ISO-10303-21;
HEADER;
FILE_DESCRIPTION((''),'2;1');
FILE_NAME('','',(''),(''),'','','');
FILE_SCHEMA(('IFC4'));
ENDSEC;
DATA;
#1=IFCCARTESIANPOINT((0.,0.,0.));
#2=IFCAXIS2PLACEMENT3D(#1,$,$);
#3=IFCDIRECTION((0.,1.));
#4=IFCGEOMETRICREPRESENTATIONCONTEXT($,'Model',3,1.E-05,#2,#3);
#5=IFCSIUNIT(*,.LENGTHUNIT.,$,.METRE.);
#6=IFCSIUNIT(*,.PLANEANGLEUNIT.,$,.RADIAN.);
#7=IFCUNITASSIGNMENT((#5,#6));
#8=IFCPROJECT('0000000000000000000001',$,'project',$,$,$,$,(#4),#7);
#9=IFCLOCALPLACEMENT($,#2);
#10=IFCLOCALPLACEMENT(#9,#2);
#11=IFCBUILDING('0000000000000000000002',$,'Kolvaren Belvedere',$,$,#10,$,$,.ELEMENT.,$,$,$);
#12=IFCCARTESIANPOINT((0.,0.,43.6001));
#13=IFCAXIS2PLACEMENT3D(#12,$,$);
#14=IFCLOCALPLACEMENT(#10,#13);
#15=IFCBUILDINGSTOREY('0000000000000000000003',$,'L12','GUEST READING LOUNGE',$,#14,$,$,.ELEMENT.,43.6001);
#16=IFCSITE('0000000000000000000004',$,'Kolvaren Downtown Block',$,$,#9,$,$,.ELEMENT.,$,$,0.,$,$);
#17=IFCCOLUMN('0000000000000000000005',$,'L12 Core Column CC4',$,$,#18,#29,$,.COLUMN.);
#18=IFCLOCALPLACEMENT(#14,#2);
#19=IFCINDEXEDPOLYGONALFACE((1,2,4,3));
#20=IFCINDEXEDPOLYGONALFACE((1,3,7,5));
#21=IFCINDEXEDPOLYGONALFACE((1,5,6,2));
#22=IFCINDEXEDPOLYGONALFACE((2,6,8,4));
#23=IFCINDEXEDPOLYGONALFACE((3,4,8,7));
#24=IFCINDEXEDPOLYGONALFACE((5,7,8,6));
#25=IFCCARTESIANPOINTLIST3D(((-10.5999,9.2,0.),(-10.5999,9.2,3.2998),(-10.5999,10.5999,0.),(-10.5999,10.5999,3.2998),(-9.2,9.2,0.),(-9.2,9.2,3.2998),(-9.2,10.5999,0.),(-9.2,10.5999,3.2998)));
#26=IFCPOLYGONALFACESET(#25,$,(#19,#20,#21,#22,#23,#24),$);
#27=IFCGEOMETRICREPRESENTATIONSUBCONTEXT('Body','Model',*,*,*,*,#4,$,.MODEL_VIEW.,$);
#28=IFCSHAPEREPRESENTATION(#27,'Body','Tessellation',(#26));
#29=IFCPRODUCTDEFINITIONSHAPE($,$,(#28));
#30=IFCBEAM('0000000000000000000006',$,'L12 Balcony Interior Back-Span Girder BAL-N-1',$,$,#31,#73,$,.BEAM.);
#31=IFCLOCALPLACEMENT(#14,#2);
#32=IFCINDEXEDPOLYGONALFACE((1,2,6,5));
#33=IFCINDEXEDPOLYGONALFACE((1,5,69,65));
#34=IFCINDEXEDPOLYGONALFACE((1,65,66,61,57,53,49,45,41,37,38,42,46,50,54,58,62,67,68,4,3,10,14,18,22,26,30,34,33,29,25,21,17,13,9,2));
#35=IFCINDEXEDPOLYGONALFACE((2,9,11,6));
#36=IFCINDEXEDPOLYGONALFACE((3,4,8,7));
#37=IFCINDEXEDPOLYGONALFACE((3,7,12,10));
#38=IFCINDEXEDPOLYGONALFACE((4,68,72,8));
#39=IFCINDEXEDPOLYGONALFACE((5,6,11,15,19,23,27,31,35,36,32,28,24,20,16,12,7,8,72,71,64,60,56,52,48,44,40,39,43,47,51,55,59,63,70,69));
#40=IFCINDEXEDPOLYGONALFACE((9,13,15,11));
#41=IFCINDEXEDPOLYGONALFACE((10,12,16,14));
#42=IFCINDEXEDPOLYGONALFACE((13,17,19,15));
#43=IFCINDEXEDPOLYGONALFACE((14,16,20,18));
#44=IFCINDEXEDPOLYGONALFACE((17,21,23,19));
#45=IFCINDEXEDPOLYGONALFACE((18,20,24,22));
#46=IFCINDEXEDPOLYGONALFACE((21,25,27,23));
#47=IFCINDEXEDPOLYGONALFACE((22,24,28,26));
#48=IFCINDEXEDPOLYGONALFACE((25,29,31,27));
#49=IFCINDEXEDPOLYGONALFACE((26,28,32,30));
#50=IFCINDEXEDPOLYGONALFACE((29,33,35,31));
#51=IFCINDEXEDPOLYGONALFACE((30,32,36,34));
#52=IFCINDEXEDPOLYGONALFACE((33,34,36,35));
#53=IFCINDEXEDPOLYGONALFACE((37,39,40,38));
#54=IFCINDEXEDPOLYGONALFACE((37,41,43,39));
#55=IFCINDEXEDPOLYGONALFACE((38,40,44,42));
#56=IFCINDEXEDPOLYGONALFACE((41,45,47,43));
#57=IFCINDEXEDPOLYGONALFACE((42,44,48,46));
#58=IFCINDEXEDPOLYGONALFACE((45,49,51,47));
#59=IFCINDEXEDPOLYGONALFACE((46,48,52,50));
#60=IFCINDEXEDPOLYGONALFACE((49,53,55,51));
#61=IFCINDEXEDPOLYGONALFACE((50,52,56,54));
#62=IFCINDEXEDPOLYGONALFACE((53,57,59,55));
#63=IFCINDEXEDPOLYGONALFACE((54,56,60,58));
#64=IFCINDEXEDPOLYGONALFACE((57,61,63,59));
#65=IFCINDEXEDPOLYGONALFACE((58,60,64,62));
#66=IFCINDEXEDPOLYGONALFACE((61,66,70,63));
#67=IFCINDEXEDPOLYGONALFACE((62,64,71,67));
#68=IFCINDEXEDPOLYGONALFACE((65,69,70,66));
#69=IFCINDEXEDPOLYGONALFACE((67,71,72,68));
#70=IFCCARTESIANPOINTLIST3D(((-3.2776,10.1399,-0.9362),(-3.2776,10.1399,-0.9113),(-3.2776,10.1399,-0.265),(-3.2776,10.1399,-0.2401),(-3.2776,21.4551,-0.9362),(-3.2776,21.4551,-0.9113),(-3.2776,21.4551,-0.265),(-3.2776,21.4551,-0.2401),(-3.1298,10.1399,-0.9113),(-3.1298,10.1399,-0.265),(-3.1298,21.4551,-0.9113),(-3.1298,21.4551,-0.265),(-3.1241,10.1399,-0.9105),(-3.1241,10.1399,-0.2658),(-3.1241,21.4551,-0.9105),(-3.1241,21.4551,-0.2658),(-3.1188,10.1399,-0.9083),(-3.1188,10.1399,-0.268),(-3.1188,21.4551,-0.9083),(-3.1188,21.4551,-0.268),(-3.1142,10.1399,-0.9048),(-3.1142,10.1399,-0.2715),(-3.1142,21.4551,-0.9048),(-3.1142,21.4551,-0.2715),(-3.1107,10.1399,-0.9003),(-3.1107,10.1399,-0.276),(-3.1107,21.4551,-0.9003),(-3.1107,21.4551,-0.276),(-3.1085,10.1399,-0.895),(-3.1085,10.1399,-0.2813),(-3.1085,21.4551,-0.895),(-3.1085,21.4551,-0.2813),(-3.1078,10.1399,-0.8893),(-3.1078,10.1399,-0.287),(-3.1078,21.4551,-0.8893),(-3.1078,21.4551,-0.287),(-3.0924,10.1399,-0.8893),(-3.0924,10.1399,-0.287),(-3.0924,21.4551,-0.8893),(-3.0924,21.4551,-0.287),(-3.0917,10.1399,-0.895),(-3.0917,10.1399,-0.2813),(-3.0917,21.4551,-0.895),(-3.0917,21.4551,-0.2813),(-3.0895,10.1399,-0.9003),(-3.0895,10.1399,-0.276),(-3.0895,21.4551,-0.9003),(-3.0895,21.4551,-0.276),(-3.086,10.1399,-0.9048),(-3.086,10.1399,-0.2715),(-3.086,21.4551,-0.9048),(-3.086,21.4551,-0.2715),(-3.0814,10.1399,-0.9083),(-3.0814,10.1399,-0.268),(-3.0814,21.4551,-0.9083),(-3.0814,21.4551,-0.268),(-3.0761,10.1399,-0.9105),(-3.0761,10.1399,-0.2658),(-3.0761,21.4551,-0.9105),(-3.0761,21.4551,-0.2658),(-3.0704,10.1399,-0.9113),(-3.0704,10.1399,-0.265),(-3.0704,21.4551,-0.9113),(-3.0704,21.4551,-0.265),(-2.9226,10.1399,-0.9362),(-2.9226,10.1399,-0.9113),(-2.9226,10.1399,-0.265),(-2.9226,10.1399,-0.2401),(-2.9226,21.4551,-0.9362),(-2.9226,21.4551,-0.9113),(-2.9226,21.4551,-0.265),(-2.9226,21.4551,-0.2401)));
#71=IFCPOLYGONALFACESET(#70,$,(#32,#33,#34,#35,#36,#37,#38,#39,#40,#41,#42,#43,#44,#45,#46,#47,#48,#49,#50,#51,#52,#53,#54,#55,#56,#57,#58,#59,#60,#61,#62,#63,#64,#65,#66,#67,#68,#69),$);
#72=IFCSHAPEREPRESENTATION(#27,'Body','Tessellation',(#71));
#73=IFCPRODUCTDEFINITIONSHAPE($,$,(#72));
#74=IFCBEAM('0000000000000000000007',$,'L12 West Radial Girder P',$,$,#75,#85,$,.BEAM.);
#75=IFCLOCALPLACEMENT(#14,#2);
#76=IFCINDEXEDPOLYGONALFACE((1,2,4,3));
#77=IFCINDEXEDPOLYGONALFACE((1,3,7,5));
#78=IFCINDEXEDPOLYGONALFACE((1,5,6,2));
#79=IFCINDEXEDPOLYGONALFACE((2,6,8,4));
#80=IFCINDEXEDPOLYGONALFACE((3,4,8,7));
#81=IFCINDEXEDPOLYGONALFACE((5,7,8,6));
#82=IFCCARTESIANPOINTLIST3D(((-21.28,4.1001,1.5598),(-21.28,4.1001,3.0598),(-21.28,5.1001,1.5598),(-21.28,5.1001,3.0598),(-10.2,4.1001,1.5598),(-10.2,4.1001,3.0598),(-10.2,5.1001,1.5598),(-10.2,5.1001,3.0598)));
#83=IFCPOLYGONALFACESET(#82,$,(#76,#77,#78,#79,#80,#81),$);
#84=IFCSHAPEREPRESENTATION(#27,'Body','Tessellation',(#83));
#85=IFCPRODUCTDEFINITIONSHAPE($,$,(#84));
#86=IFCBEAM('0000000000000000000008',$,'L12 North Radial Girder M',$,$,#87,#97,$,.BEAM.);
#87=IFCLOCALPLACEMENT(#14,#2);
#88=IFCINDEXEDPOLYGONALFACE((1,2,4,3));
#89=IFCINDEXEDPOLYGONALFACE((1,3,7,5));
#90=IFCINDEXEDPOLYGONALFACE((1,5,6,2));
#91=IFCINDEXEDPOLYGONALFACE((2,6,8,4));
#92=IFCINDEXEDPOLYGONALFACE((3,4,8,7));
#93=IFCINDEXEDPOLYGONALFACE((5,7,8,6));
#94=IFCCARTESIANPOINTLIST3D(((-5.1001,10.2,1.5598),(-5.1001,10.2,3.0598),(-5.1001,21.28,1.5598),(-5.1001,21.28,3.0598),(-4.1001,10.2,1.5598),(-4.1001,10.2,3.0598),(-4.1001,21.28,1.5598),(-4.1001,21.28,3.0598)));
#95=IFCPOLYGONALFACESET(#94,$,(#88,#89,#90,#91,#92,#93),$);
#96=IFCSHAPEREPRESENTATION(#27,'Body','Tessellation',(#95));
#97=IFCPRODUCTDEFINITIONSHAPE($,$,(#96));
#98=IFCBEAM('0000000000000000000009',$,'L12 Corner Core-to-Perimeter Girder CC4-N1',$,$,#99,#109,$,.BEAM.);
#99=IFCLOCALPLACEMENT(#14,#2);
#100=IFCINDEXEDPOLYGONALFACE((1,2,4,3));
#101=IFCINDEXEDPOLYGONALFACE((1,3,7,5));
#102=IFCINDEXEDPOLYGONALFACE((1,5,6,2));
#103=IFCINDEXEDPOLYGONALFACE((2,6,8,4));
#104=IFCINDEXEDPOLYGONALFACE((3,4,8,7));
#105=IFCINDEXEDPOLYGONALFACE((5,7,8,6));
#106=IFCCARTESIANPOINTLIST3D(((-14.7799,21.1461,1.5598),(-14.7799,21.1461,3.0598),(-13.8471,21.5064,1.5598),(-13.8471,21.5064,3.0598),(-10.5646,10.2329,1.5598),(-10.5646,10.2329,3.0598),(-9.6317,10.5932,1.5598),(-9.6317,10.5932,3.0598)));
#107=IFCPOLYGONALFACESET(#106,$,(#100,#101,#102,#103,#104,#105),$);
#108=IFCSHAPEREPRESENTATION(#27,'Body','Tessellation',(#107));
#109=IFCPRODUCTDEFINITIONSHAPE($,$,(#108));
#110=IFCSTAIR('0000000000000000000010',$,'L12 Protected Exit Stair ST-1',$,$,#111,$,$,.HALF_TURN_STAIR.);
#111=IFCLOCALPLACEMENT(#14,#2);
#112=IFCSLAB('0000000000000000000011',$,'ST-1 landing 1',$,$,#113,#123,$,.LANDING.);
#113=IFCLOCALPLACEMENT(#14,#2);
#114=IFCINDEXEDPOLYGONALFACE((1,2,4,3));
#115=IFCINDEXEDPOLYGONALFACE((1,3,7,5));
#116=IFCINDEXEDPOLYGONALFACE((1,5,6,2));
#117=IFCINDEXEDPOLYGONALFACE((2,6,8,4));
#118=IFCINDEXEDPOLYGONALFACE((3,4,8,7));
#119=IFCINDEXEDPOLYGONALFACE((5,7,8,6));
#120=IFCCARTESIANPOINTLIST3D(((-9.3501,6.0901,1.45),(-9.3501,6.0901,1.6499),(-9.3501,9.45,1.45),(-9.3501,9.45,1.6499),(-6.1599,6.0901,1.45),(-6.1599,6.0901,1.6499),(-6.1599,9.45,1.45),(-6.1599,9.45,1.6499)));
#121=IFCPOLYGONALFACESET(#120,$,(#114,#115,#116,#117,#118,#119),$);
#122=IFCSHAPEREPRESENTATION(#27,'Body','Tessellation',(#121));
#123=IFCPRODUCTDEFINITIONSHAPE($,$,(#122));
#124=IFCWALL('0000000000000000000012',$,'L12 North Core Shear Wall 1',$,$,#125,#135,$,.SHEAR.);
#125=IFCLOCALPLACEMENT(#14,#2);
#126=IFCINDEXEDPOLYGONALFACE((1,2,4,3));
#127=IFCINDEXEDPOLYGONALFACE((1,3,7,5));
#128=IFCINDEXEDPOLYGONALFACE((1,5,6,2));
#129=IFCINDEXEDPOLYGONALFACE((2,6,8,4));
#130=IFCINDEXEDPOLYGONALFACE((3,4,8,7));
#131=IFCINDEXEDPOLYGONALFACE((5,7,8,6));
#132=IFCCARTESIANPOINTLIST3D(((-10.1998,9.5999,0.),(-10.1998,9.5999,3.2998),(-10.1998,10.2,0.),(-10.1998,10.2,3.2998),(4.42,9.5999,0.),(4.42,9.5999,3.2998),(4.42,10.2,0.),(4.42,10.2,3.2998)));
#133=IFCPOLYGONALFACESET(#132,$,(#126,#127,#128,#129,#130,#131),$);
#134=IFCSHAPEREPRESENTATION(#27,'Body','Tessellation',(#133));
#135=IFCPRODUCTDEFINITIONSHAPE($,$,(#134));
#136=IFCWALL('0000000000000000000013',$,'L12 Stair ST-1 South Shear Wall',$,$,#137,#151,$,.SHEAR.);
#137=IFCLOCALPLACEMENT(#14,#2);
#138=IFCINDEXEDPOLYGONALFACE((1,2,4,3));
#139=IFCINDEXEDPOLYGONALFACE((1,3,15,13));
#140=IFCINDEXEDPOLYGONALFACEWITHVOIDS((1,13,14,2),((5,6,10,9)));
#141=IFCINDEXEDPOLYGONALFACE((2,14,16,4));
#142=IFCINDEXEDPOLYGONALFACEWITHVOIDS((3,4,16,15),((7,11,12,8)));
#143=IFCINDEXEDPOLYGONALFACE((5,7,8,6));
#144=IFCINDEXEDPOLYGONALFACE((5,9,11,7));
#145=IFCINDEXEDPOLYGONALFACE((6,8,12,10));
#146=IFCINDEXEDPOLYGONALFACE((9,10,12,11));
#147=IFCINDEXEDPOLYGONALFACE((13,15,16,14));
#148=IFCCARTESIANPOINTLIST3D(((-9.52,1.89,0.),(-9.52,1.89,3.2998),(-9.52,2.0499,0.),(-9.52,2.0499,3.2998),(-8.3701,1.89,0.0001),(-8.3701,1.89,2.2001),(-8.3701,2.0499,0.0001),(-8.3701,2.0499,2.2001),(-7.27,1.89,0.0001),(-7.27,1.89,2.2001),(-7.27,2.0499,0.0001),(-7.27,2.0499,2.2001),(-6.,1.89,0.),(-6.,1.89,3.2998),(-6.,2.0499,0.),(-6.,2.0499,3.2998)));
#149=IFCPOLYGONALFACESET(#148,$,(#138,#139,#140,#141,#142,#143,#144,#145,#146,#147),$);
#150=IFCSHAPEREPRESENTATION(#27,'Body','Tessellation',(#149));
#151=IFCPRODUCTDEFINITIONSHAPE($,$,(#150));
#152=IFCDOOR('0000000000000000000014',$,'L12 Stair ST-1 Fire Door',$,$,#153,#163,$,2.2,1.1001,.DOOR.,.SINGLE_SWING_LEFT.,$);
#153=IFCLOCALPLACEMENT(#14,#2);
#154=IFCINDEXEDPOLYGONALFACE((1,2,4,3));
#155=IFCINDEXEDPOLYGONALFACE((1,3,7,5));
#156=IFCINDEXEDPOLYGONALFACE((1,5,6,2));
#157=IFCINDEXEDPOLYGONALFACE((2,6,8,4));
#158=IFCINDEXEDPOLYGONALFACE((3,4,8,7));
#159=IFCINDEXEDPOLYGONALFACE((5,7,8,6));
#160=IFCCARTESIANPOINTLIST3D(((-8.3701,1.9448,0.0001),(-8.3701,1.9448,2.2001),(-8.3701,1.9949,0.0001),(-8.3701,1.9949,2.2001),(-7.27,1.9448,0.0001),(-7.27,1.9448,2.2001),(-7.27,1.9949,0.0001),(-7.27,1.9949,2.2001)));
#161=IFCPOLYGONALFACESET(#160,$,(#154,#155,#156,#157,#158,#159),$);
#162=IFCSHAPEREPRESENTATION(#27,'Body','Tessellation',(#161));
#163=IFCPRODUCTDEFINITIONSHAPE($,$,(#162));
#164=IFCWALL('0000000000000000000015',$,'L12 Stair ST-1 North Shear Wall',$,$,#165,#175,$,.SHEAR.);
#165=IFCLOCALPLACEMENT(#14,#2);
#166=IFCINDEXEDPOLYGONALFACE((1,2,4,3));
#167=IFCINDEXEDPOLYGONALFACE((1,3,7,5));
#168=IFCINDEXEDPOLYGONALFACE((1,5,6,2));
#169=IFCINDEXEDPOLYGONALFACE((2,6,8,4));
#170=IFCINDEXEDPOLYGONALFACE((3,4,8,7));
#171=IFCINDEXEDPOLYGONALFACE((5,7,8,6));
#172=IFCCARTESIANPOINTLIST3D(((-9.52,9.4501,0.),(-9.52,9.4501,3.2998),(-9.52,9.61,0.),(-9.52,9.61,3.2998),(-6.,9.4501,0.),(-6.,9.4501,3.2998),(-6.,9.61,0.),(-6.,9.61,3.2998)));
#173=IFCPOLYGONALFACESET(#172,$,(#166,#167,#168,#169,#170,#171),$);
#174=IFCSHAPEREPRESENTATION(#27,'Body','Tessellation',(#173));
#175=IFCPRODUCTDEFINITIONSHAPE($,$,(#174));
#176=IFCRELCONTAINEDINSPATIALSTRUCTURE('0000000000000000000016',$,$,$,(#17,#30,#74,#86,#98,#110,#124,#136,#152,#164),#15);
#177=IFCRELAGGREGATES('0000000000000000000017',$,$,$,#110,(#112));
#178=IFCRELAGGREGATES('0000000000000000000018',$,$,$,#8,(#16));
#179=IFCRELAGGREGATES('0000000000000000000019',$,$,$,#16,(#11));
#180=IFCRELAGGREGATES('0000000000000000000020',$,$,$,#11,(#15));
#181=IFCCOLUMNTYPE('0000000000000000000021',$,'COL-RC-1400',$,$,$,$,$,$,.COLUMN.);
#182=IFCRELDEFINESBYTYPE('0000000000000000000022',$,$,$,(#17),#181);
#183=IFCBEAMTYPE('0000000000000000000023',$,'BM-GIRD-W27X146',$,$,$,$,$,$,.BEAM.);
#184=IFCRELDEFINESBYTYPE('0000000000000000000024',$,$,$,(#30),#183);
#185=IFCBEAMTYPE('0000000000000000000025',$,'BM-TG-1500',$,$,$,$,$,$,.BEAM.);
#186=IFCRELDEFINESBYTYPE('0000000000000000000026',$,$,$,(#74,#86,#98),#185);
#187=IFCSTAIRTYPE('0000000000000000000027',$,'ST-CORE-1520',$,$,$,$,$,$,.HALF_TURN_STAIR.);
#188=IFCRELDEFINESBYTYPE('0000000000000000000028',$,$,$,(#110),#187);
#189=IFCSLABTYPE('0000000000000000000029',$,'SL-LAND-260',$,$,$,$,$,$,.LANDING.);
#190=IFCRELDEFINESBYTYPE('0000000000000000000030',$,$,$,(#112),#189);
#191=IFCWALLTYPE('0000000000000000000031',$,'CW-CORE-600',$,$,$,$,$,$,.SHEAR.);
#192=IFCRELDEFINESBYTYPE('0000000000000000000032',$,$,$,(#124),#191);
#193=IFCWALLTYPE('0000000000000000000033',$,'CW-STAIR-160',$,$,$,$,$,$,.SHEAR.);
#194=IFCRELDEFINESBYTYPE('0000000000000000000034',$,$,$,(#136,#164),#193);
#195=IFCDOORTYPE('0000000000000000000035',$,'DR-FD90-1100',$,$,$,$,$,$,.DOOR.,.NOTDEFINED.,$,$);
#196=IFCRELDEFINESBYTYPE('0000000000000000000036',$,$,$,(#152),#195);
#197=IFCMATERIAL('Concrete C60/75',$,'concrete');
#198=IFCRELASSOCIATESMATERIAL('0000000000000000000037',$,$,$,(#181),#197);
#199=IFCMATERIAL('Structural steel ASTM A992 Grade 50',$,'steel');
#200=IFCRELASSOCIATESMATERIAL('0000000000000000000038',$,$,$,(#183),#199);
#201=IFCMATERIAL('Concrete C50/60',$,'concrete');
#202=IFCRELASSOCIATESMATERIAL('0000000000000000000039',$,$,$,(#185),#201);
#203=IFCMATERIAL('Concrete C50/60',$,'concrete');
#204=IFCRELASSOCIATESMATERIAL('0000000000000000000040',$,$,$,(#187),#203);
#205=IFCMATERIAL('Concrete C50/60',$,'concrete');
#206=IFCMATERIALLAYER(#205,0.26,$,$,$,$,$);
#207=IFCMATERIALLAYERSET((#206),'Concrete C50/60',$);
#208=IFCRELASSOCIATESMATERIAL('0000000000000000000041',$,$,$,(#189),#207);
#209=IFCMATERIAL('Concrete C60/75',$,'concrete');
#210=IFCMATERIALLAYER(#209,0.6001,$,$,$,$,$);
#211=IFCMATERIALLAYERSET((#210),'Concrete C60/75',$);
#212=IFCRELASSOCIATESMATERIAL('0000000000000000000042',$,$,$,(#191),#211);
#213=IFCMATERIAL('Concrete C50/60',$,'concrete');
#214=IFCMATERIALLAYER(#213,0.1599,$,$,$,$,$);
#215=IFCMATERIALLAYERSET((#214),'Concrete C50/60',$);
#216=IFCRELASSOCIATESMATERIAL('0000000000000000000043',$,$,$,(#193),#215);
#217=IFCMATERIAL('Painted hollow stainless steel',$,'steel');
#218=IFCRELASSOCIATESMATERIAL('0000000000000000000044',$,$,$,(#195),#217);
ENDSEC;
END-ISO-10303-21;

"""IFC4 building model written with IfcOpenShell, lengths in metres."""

from ifc_helpers import new_model, si_unit, direction, frame, frame_2d, origin, origin_2d, place, context, subcontext, project, spatial, polyline, rectangle, i_section, outline, extrude, material, layer, layer_set, material_profile, profile_set, type_object, element, fill, aggregate, save


model = new_model("IFC4")

# Units and contexts
model_context = context("Model", 3, precision=1e-05, world=origin(), true_north=direction((0.0, 1.0)))
body_context = subcontext(model_context, "Body", "Model", "MODEL_VIEW")
ifc_project = project(units=[si_unit("LENGTHUNIT", "METRE"), si_unit("PLANEANGLEUNIT", "RADIAN")], contexts=[model_context])

# Site, building, storey
site_placement = place(None, origin())
site = spatial("IfcSite", under=ifc_project, at=site_placement, Name="Kolvaren Downtown Block", CompositionType="ELEMENT", RefElevation=0.0)
building_placement = place(site_placement, origin())
building = spatial("IfcBuilding", under=site, at=building_placement, Name="Kolvaren Belvedere", CompositionType="ELEMENT")
storey_placement = place(building_placement, frame((0.0, 0.0, 43.6001)))
storey = spatial("IfcBuildingStorey", under=building, at=storey_placement, Name="L12", Description="GUEST READING LOUNGE", CompositionType="ELEMENT", Elevation=43.6001)

# Column
ifc_material_1 = material(Name="Concrete C60/75", Category="concrete")
ifc_material_profile_1 = material_profile(ifc_material_1, rectangle(XDim=1.3999, YDim=1.3999, at=origin_2d()), Name="RC 1400X1400")
ifc_profile_set_1 = profile_set([ifc_material_profile_1], Name="Concrete C60/75")
column_type = type_object("IfcColumnType", Name="COL-RC-1400", PredefinedType="COLUMN", material=ifc_profile_set_1)
column_placement = place(storey_placement, frame((-9.8999, 9.8999, 0.0), z_axis=(0.0, 0.0, 1.0), x_axis=(1.0, 0.0, 0.0)))
element("IfcColumn", 1, at=column_placement, inside=storey, type_object=column_type, Name="L12 Core Column CC4", PredefinedType="COLUMN", context=body_context, shape_type="SweptSolid", body=[
    extrude(rectangle(XDim=1.3999, YDim=1.3999, at=origin_2d()), origin(), (0.0, 0.0, 1.0), 3.2998),
])

# Beams
ifc_material_2 = material(Name="Structural steel ASTM A992 Grade 50", Category="steel")
ifc_material_profile_2 = material_profile(ifc_material_2, i_section(OverallWidth=0.355, OverallDepth=0.696, WebThickness=0.0154, FlangeThickness=0.0249, FilletRadius=0.022, at=origin_2d()), Name="W27X146")
ifc_profile_set_2 = profile_set([ifc_material_profile_2], Name="Structural steel ASTM A992 Grade 50")
beam_type_1 = type_object("IfcBeamType", Name="BM-GIRD-W27X146", PredefinedType="BEAM", material=ifc_profile_set_2)
beam_1_placement = place(storey_placement, frame((-3.1001, 10.1399, -0.5881), z_axis=(0.0, 1.0, 0.0), x_axis=(-1.0, 0.0, 0.0)))
element("IfcBeam", 2, at=beam_1_placement, inside=storey, type_object=beam_type_1, Name="L12 Balcony Interior Back-Span Girder BAL-N-1", PredefinedType="BEAM", context=body_context, shape_type="SweptSolid", body=[
    extrude(i_section(OverallWidth=0.355, OverallDepth=0.696, WebThickness=0.0154, FlangeThickness=0.0249, FilletRadius=0.022, at=origin_2d()), origin(), (0.0, 0.0, 1.0), 11.3152),
])
ifc_material_3 = material(Name="Concrete C50/60", Category="concrete")
ifc_material_profile_3 = material_profile(ifc_material_3, rectangle(XDim=1.0, YDim=1.5, at=origin_2d()), Name="RC 1000X1500")
ifc_profile_set_3 = profile_set([ifc_material_profile_3], Name="Concrete C50/60")
beam_type_2 = type_object("IfcBeamType", Name="BM-TG-1500", PredefinedType="BEAM", material=ifc_profile_set_3)
for number, where, z_axis, x_axis, name in (
    (3, (-10.2, 4.6001, 2.3098), (-1.0, 0.0, 0.0), (0.0, -1.0, 0.0), "L12 West Radial Girder P"),
    (4, (-4.6001, 10.2, 2.3098), (0.0, 1.0, 0.0), (-1.0, 0.0, 0.0), "L12 North Radial Girder M"),
):
    element("IfcBeam", number, at=place(storey_placement, frame(where, z_axis=z_axis, x_axis=x_axis)), inside=storey, type_object=beam_type_2, Name=name, PredefinedType="BEAM", context=body_context, shape_type="SweptSolid", body=[
        extrude(rectangle(XDim=1.0, YDim=1.5, at=origin_2d()), origin(), (0.0, 0.0, 1.0), 11.0801),
    ])
beam_2_placement = place(storey_placement, frame((-10.0981, 10.4131, 2.3098), z_axis=(-0.360318, 0.932829, 0.0), x_axis=(-0.932829, -0.360318, 0.0)))
element("IfcBeam", 5, at=beam_2_placement, inside=storey, type_object=beam_type_2, Name="L12 Corner Core-to-Perimeter Girder CC4-N1", PredefinedType="BEAM", context=body_context, shape_type="SweptSolid", body=[
    extrude(rectangle(XDim=1.0, YDim=1.5, at=origin_2d()), origin(), (0.0, 0.0, 1.0), 11.699),
])

# Stair, slab
ifc_material_4 = material(Name="Concrete C50/60", Category="concrete")
stair_type = type_object("IfcStairType", Name="ST-CORE-1520", PredefinedType="HALF_TURN_STAIR", material=ifc_material_4)
stair_placement = place(storey_placement, origin())
stair = element("IfcStair", 6, at=stair_placement, inside=storey, type_object=stair_type, Name="L12 Protected Exit Stair ST-1", PredefinedType="HALF_TURN_STAIR")
ifc_material_5 = material(Name="Concrete C50/60", Category="concrete")
ifc_layer_1 = layer(ifc_material_5, 0.26)
ifc_layer_set_1 = layer_set([ifc_layer_1], Name="Concrete C50/60")
slab_type = type_object("IfcSlabType", Name="SL-LAND-260", PredefinedType="LANDING", material=ifc_layer_set_1)
slab_placement = place(storey_placement, frame((0.0, 0.0, 1.45)))
slab = element("IfcSlab", 7, at=slab_placement, type_object=slab_type, Name="ST-1 landing 1", PredefinedType="LANDING", context=body_context, shape_type="SweptSolid", body=[
    extrude(outline(polyline([(-6.1599, 6.0901), (-6.1599, 9.45), (-9.3501, 9.45), (-9.3501, 6.0901), (-6.1599, 6.0901)])), origin(), (0.0, 0.0, 1.0), 0.2),
])

# Wall
ifc_material_6 = material(Name="Concrete C60/75", Category="concrete")
ifc_layer_2 = layer(ifc_material_6, 0.6001)
ifc_layer_set_2 = layer_set([ifc_layer_2], Name="Concrete C60/75")
wall_type_1 = type_object("IfcWallType", Name="CW-CORE-600", PredefinedType="SHEAR", material=ifc_layer_set_2)
wall_1_placement = place(storey_placement, frame((-10.2, 9.8999, 0.0), z_axis=(0.0, 0.0, 1.0), x_axis=(1.0, 0.0, 0.0)))
element("IfcWall", 8, at=wall_1_placement, inside=storey, type_object=wall_type_1, Name="L12 North Core Shear Wall 1", PredefinedType="SHEAR", context=body_context, shape_type="SweptSolid", body=[
    extrude(rectangle(XDim=14.6199, YDim=0.6001, at=frame_2d((7.3101, 0.0))), origin(), (0.0, 0.0, 1.0), 3.2998),
])

# Wall, opening, door
ifc_material_7 = material(Name="Concrete C50/60", Category="concrete")
ifc_layer_3 = layer(ifc_material_7, 0.1599)
ifc_layer_set_3 = layer_set([ifc_layer_3], Name="Concrete C50/60")
wall_type_2 = type_object("IfcWallType", Name="CW-STAIR-160", PredefinedType="SHEAR", material=ifc_layer_set_3)
wall_2_placement = place(storey_placement, frame((-9.52, 1.97, 0.0), z_axis=(0.0, 0.0, 1.0), x_axis=(1.0, 0.0, 0.0)))
wall_2 = element("IfcWall", 9, at=wall_2_placement, inside=storey, type_object=wall_type_2, Name="L12 Stair ST-1 South Shear Wall", PredefinedType="SHEAR", context=body_context, shape_type="SweptSolid", body=[
    extrude(rectangle(XDim=3.52, YDim=0.1599, at=frame_2d((1.76, 0.0))), origin(), (0.0, 0.0, 1.0), 3.2998),
])
opening_1_placement = place(wall_2_placement, frame((1.1499, 0.0, 0.0)))
opening_1 = element("IfcOpeningElement", 10, at=opening_1_placement, cuts=wall_2, PredefinedType="OPENING", context=body_context, shape_type="SweptSolid", body=[
    extrude(rectangle(XDim=1.1001, YDim=2.2, at=frame_2d((0.55, 1.1001))), frame((0.0, 0.0898, 0.0), z_axis=(0.0, -1.0, 0.0), x_axis=(1.0, 0.0, 0.0)), (0.0, 0.0, 1.0), 0.1799),
])
ifc_material_8 = material(Name="Painted hollow stainless steel", Category="steel")
door_type_1 = type_object("IfcDoorType", Name="DR-FD90-1100", OperationType="NOTDEFINED", PredefinedType="DOOR", material=ifc_material_8)
door_1_placement = place(opening_1_placement, origin())
door_1 = element("IfcDoor", 11, at=door_1_placement, inside=storey, type_object=door_type_1, Name="L12 Stair ST-1 Fire Door", OperationType="SINGLE_SWING_LEFT", OverallHeight=2.2, OverallWidth=1.1001, PredefinedType="DOOR", context=body_context, shape_type="SweptSolid", body=[
    extrude(rectangle(XDim=1.1001, YDim=2.2, at=frame_2d((0.55, 1.1001))), frame((0.0, 0.0249, 0.0), z_axis=(0.0, -1.0, 0.0), x_axis=(1.0, 0.0, 0.0)), (0.0, 0.0, 1.0), 0.05),
])
fill(opening_1, door_1)

# Wall
wall_3_placement = place(storey_placement, frame((-9.52, 9.53, 0.0), z_axis=(0.0, 0.0, 1.0), x_axis=(1.0, 0.0, 0.0)))
element("IfcWall", 12, at=wall_3_placement, inside=storey, type_object=wall_type_2, Name="L12 Stair ST-1 North Shear Wall", PredefinedType="SHEAR", context=body_context, shape_type="SweptSolid", body=[
    extrude(rectangle(XDim=3.52, YDim=0.1599, at=frame_2d((1.76, 0.0))), origin(), (0.0, 0.0, 1.0), 3.2998),
])

aggregate(stair, [slab])

save(model, "model.ifc")
